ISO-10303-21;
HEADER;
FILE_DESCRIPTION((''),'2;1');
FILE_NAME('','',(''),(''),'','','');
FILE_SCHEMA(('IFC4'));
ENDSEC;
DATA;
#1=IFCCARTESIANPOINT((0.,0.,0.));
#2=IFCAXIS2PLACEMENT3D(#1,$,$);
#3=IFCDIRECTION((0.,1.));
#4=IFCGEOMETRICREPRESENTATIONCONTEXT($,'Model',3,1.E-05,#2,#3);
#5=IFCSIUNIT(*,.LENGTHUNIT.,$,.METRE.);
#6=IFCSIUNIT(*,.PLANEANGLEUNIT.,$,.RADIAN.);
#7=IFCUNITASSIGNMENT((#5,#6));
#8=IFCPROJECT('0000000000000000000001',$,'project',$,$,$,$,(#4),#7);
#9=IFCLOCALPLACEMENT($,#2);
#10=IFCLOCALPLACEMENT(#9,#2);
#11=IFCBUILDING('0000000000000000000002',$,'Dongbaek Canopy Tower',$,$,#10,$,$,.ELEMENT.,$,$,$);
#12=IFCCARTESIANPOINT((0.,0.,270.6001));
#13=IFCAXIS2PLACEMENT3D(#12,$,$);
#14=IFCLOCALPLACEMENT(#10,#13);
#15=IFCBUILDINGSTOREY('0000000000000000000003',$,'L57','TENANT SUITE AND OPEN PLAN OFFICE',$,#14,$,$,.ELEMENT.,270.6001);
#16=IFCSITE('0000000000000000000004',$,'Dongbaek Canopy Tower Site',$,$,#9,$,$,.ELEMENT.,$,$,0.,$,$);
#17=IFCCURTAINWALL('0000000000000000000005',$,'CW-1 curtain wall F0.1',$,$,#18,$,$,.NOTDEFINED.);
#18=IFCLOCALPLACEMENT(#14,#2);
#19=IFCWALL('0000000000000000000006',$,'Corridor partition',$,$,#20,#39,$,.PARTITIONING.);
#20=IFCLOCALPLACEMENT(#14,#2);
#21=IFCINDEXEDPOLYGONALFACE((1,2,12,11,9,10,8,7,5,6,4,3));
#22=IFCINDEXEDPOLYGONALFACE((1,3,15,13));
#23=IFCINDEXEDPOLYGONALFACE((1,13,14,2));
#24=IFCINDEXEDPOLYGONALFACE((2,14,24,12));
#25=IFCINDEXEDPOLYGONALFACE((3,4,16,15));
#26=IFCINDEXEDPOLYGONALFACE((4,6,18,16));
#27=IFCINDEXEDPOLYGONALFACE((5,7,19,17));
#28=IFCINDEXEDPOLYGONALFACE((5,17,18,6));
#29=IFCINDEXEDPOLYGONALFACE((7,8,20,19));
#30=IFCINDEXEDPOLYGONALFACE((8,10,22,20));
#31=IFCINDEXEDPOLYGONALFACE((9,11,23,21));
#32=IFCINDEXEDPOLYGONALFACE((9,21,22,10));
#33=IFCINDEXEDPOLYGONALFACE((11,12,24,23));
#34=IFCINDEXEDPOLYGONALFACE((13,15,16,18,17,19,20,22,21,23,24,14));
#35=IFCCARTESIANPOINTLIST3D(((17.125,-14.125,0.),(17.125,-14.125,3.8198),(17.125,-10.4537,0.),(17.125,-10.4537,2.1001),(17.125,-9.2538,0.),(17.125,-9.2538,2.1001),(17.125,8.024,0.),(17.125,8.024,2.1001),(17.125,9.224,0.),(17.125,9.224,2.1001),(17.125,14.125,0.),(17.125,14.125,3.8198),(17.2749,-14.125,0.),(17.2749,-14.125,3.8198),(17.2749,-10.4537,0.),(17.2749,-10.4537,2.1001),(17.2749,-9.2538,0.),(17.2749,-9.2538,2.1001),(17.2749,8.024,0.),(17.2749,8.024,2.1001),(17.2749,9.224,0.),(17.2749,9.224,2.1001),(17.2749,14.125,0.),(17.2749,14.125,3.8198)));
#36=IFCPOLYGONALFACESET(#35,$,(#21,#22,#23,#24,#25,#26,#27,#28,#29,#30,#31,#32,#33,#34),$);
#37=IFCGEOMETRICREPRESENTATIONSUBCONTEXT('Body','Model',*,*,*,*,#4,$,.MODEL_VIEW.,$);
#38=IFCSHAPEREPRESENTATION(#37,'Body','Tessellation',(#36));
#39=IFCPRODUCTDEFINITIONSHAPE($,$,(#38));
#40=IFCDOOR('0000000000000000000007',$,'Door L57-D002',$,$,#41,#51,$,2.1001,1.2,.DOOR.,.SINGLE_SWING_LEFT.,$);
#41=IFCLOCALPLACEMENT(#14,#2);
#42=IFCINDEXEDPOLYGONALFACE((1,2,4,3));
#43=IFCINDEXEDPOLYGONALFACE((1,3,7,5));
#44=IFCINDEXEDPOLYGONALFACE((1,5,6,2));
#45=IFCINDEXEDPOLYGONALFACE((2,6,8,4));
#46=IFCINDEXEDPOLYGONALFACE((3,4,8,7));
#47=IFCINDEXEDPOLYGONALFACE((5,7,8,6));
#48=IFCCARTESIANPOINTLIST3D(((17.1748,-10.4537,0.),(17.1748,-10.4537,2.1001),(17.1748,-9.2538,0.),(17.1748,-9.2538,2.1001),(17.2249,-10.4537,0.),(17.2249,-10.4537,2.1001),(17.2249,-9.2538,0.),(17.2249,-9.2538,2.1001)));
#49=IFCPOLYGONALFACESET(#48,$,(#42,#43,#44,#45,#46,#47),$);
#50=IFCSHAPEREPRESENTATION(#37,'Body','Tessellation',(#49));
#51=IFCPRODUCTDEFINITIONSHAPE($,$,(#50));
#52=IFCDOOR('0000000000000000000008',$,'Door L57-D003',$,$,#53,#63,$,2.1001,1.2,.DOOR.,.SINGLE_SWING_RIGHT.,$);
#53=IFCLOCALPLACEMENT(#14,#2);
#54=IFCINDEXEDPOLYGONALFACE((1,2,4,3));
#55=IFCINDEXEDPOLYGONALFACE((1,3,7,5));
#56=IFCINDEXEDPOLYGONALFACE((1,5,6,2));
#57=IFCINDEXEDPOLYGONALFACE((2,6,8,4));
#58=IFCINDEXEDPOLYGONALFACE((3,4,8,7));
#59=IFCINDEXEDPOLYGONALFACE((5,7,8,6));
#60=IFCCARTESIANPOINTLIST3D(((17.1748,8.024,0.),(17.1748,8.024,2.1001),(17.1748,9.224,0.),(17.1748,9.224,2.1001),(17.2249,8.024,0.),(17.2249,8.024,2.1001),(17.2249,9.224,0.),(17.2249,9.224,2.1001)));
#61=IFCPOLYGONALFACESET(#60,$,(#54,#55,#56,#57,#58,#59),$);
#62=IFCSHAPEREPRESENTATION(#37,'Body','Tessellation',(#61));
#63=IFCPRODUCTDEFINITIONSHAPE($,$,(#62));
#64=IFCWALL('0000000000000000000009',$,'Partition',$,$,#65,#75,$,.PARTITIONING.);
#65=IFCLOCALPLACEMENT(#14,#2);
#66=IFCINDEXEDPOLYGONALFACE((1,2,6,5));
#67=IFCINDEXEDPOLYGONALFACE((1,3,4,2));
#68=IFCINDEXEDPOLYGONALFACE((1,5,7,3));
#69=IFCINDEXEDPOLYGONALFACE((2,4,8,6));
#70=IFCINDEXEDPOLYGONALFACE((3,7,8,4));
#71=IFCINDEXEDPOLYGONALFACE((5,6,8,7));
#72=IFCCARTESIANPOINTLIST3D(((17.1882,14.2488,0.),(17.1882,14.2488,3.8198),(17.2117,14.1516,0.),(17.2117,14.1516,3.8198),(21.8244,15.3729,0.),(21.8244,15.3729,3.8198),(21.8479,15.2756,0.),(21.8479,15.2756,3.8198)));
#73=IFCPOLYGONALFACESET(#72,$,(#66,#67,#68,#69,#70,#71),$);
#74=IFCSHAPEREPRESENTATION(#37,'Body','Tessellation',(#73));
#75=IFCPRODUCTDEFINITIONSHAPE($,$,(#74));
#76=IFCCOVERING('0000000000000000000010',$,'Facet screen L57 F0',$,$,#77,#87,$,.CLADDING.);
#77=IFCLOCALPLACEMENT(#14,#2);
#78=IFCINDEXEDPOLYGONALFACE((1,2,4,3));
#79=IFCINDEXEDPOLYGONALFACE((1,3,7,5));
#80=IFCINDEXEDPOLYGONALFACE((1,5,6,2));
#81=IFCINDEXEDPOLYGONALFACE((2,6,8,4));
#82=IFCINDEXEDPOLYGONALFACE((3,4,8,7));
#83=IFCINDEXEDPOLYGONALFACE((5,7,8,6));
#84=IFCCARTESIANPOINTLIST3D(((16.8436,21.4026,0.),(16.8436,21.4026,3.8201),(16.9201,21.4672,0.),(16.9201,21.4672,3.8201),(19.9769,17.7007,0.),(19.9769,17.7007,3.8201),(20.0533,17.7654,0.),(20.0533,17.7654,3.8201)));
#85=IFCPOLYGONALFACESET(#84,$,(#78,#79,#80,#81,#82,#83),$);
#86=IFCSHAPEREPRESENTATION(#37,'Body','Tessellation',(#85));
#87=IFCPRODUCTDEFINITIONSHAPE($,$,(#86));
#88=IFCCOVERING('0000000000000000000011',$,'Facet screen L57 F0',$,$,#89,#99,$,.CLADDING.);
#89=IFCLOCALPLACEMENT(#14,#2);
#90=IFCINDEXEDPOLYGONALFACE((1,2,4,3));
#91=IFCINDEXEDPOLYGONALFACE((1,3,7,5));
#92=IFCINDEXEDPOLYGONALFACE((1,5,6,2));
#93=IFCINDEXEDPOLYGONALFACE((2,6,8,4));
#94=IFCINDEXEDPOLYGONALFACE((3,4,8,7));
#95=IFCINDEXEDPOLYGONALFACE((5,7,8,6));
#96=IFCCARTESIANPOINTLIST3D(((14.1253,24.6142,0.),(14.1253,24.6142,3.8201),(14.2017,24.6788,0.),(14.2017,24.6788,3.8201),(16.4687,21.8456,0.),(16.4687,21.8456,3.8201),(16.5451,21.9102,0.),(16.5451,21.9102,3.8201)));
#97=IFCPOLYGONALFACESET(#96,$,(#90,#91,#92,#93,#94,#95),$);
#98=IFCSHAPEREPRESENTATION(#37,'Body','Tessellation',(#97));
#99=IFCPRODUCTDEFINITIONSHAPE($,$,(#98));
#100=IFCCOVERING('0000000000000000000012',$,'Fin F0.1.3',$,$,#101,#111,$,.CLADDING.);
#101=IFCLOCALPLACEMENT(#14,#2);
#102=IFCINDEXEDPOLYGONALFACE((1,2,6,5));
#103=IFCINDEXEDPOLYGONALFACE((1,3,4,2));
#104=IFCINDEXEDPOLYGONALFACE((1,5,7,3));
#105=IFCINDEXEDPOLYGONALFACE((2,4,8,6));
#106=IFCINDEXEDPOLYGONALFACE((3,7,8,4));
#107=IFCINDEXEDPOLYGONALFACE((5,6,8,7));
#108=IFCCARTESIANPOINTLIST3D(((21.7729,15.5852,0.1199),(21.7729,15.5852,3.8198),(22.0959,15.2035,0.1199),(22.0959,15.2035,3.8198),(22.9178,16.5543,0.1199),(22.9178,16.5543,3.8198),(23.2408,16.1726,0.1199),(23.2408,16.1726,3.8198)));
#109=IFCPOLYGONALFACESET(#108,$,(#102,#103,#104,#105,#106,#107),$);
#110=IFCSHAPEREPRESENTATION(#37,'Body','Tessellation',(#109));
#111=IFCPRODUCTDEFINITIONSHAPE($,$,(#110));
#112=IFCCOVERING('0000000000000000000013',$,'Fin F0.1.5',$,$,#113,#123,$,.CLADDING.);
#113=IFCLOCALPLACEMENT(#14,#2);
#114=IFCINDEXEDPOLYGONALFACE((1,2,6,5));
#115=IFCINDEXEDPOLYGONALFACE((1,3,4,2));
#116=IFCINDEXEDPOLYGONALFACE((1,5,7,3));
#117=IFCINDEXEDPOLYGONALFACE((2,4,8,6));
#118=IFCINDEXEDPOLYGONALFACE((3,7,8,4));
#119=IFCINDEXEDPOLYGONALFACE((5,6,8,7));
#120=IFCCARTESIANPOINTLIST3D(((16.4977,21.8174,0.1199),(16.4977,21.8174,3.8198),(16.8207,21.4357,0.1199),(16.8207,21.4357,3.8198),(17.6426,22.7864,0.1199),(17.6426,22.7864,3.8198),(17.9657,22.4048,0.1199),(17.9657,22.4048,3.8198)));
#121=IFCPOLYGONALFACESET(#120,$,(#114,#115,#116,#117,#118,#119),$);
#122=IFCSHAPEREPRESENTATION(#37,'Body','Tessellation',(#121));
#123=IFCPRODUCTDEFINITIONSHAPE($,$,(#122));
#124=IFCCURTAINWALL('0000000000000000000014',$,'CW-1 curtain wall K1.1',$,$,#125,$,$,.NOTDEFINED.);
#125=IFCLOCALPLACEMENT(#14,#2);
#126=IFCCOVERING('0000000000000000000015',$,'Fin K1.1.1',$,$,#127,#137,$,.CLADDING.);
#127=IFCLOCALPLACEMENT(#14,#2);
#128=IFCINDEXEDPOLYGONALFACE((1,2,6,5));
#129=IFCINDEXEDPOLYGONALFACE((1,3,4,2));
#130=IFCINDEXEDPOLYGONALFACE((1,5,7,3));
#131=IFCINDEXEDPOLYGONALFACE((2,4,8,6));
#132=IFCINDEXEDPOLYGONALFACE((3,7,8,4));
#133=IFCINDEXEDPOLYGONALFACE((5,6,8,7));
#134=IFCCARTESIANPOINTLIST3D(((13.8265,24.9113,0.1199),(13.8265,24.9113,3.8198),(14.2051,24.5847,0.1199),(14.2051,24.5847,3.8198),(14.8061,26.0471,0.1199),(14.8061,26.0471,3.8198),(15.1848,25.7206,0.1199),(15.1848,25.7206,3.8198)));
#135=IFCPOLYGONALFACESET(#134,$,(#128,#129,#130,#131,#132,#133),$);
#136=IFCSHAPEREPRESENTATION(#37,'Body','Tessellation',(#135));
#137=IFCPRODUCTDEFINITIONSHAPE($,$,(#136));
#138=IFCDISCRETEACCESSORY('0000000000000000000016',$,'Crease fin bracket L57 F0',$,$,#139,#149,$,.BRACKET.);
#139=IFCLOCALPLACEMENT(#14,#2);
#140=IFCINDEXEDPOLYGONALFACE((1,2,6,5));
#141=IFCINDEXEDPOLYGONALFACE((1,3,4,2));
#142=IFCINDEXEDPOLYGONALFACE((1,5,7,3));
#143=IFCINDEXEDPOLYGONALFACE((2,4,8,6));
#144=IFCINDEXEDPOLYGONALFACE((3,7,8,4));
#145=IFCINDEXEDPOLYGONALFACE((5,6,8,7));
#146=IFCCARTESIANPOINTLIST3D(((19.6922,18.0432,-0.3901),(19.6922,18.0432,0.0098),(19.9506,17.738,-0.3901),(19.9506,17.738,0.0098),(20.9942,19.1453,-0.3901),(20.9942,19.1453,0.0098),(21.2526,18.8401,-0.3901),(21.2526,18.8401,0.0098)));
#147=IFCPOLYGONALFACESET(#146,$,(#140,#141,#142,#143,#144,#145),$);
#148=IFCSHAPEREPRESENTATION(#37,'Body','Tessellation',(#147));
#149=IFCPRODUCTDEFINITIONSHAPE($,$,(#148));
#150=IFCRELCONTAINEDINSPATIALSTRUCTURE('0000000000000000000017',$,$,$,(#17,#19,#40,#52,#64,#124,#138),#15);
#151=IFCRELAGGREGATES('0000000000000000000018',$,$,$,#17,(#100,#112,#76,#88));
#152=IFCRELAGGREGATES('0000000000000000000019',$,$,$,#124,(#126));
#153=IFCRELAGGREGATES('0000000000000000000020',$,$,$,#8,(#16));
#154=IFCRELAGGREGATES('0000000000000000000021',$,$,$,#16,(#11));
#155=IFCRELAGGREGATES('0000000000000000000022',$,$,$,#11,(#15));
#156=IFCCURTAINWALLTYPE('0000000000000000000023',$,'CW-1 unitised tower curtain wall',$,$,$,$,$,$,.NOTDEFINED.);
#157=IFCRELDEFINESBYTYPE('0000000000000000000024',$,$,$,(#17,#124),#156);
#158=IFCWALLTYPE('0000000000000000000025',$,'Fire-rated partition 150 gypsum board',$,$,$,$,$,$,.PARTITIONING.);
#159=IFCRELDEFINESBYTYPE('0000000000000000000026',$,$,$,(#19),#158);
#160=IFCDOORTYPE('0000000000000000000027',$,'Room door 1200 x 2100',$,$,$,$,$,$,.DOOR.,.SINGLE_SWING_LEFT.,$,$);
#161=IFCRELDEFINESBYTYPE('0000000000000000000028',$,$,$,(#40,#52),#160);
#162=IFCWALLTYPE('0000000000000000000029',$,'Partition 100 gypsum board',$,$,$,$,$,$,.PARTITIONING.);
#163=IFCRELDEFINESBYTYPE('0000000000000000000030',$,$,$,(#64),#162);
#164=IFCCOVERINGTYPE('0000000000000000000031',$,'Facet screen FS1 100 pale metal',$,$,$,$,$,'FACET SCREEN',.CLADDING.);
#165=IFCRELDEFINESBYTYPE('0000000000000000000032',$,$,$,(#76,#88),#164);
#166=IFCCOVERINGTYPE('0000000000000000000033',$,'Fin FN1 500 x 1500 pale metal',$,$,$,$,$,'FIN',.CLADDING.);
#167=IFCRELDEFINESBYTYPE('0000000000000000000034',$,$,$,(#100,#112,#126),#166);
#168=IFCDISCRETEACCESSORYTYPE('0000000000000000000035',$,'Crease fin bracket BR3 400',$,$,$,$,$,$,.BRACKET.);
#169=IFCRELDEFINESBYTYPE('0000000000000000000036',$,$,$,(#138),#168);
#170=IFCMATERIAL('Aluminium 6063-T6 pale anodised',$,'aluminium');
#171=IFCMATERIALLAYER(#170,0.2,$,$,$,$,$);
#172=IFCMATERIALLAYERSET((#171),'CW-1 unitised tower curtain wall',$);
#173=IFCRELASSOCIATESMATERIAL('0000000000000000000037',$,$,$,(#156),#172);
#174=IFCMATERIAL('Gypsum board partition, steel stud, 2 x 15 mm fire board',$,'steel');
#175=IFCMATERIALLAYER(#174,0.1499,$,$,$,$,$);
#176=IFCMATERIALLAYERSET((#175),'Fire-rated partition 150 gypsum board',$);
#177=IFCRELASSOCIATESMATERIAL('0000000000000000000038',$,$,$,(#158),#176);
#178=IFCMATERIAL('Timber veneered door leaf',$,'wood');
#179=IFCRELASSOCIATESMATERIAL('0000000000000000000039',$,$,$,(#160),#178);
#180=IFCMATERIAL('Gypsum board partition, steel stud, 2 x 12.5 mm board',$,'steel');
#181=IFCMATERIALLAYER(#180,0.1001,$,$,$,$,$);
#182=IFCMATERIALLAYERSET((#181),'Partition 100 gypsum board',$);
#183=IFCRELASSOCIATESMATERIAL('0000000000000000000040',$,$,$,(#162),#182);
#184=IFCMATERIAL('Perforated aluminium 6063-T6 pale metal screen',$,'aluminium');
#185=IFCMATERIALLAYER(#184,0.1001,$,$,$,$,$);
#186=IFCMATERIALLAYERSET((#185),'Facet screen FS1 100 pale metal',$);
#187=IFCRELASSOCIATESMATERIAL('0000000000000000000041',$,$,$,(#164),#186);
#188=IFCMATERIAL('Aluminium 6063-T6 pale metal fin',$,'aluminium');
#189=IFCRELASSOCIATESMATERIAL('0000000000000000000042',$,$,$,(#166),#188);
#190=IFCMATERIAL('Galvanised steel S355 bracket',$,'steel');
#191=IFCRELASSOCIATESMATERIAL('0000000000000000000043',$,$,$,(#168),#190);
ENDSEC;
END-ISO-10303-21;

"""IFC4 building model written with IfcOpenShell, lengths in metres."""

from ifc_helpers import new_model, si_unit, direction, frame, frame_2d, origin, origin_2d, place, context, subcontext, project, spatial, rectangle, extrude, material, layer, layer_set, material_profile, profile_set, type_object, element, fill, aggregate, save


model = new_model("IFC4")

# Units and contexts
model_context = context("Model", 3, precision=1e-05, world=origin(), true_north=direction((0.0, 1.0)))
body_context = subcontext(model_context, "Body", "Model", "MODEL_VIEW")
ifc_project = project(units=[si_unit("LENGTHUNIT", "METRE"), si_unit("PLANEANGLEUNIT", "RADIAN")], contexts=[model_context])

# Site, building, storey
site_placement = place(None, origin())
site = spatial("IfcSite", under=ifc_project, at=site_placement, Name="Dongbaek Canopy Tower Site", CompositionType="ELEMENT", RefElevation=0.0)
building_placement = place(site_placement, origin())
building = spatial("IfcBuilding", under=site, at=building_placement, Name="Dongbaek Canopy Tower", CompositionType="ELEMENT")
storey_placement = place(building_placement, frame((0.0, 0.0, 270.6001)))
storey = spatial("IfcBuildingStorey", under=building, at=storey_placement, Name="L57", Description="TENANT SUITE AND OPEN PLAN OFFICE", CompositionType="ELEMENT", Elevation=270.6001)

# Curtain wall
ifc_material_1 = material(Name="Aluminium 6063-T6 pale anodised", Category="aluminium")
ifc_layer_1 = layer(ifc_material_1, 0.2)
ifc_layer_set_1 = layer_set([ifc_layer_1], Name="CW-1 unitised tower curtain wall")
curtain_wall_type = type_object("IfcCurtainWallType", Name="CW-1 unitised tower curtain wall", PredefinedType="NOTDEFINED", material=ifc_layer_set_1)
curtain_wall_1_placement = place(storey_placement, origin())
curtain_wall_1 = element("IfcCurtainWall", 1, at=curtain_wall_1_placement, inside=storey, type_object=curtain_wall_type, Name="CW-1 curtain wall F0.1", PredefinedType="NOTDEFINED")

# Wall, openings, doors
ifc_material_2 = material(Name="Gypsum board partition, steel stud, 2 x 15 mm fire board", Category="steel")
ifc_layer_2 = layer(ifc_material_2, 0.1499)
ifc_layer_set_2 = layer_set([ifc_layer_2], Name="Fire-rated partition 150 gypsum board")
wall_type_1 = type_object("IfcWallType", Name="Fire-rated partition 150 gypsum board", PredefinedType="PARTITIONING", material=ifc_layer_set_2)
wall_1_placement = place(storey_placement, frame((17.2, 14.125, 0.0), z_axis=(0.0, 0.0, 1.0), x_axis=(0.0, -1.0, 0.0)))
wall_1 = element("IfcWall", 2, at=wall_1_placement, inside=storey, type_object=wall_type_1, Name="Corridor partition", PredefinedType="PARTITIONING", context=body_context, shape_type="SweptSolid", body=[
    extrude(rectangle(XDim=28.25, YDim=0.1499, at=frame_2d((14.125, 0.0))), origin(), (0.0, 0.0, 1.0), 3.8198),
])
opening_1_placement = place(wall_1_placement, frame((23.3787, 0.0, 0.0)))
opening_1 = element("IfcOpeningElement", 3, at=opening_1_placement, cuts=wall_1, PredefinedType="OPENING", context=body_context, shape_type="SweptSolid", body=[
    extrude(rectangle(XDim=1.2, YDim=2.1001, at=frame_2d((0.6001, 1.05))), frame((0.0, 0.085, 0.0), z_axis=(0.0, -1.0, 0.0), x_axis=(1.0, 0.0, 0.0)), (0.0, 0.0, 1.0), 0.1699),
])
opening_2_placement = place(wall_1_placement, frame((4.9009, 0.0, 0.0)))
opening_2 = element("IfcOpeningElement", 4, at=opening_2_placement, cuts=wall_1, PredefinedType="OPENING", context=body_context, shape_type="SweptSolid", body=[
    extrude(rectangle(XDim=1.2, YDim=2.1001, at=frame_2d((0.6001, 1.05))), frame((0.0, 0.085, 0.0), z_axis=(0.0, -1.0, 0.0), x_axis=(1.0, 0.0, 0.0)), (0.0, 0.0, 1.0), 0.1699),
])
ifc_material_3 = material(Name="Timber veneered door leaf", Category="wood")
door_type = type_object("IfcDoorType", Name="Room door 1200 x 2100", OperationType="SINGLE_SWING_LEFT", PredefinedType="DOOR", material=ifc_material_3)
door_1_placement = place(opening_1_placement, origin())
door_1 = element("IfcDoor", 5, at=door_1_placement, inside=storey, type_object=door_type, Name="Door L57-D002", OperationType="SINGLE_SWING_LEFT", OverallHeight=2.1001, OverallWidth=1.2, PredefinedType="DOOR", context=body_context, shape_type="SweptSolid", body=[
    extrude(rectangle(XDim=1.2, YDim=2.1001, at=frame_2d((0.6001, 1.05))), frame((0.0, 0.0249, 0.0), z_axis=(0.0, -1.0, 0.0), x_axis=(1.0, 0.0, 0.0)), (0.0, 0.0, 1.0), 0.05),
])
fill(opening_1, door_1)
door_2_placement = place(opening_2_placement, origin())
door_2 = element("IfcDoor", 6, at=door_2_placement, inside=storey, type_object=door_type, Name="Door L57-D003", OperationType="SINGLE_SWING_RIGHT", OverallHeight=2.1001, OverallWidth=1.2, PredefinedType="DOOR", context=body_context, shape_type="SweptSolid", body=[
    extrude(rectangle(XDim=1.2, YDim=2.1001, at=frame_2d((0.6001, 1.05))), frame((0.0, 0.0249, 0.0), z_axis=(0.0, -1.0, 0.0), x_axis=(1.0, 0.0, 0.0)), (0.0, 0.0, 1.0), 0.05),
])
fill(opening_2, door_2)

# Wall
ifc_material_4 = material(Name="Gypsum board partition, steel stud, 2 x 12.5 mm board", Category="steel")
ifc_layer_3 = layer(ifc_material_4, 0.1001)
ifc_layer_set_3 = layer_set([ifc_layer_3], Name="Partition 100 gypsum board")
wall_type_2 = type_object("IfcWallType", Name="Partition 100 gypsum board", PredefinedType="PARTITIONING", material=ifc_layer_set_3)
wall_2_placement = place(storey_placement, frame((17.2, 14.2002, 0.0), z_axis=(0.0, 0.0, 1.0), x_axis=(0.971846, 0.235618, 0.0)))
element("IfcWall", 7, at=wall_2_placement, inside=storey, type_object=wall_type_2, Name="Partition", PredefinedType="PARTITIONING", context=body_context, shape_type="SweptSolid", body=[
    extrude(rectangle(XDim=4.7705, YDim=0.1001, at=frame_2d((2.3853, 0.0))), origin(), (0.0, 0.0, 1.0), 3.8198),
])

# Coverings
ifc_material_5 = material(Name="Perforated aluminium 6063-T6 pale metal screen", Category="aluminium")
ifc_layer_4 = layer(ifc_material_5, 0.1001)
ifc_layer_set_4 = layer_set([ifc_layer_4], Name="Facet screen FS1 100 pale metal")
covering_type_1 = type_object("IfcCoveringType", Name="Facet screen FS1 100 pale metal", ElementType="FACET SCREEN", PredefinedType="CLADDING", material=ifc_layer_set_4)
covering_1_placement = place(storey_placement, frame((18.4485, 19.584, 0.0), z_axis=(0.0, 0.0, 1.0), x_axis=(-0.646055, 0.763291, 0.0)))
covering_1 = element("IfcCovering", 8, at=covering_1_placement, type_object=covering_type_1, Name="Facet screen L57 F0", PredefinedType="CLADDING", context=body_context, shape_type="SweptSolid", body=[
    extrude(rectangle(XDim=4.8499, YDim=0.1001, at=origin_2d()), origin(), (0.0, 0.0, 1.0), 3.8201),
])
covering_2_placement = place(storey_placement, frame((15.3352, 23.2622, 0.0), z_axis=(0.0, 0.0, 1.0), x_axis=(-0.646055, 0.763291, 0.0)))
covering_2 = element("IfcCovering", 9, at=covering_2_placement, type_object=covering_type_1, Name="Facet screen L57 F0", PredefinedType="CLADDING", context=body_context, shape_type="SweptSolid", body=[
    extrude(rectangle(XDim=3.6272, YDim=0.1001, at=origin_2d()), origin(), (0.0, 0.0, 1.0), 3.8201),
])
ifc_material_6 = material(Name="Aluminium 6063-T6 pale metal fin", Category="aluminium")
ifc_material_profile_1 = material_profile(ifc_material_6, rectangle(XDim=1.5, YDim=0.5, at=origin_2d()), Name="Fin FN1 500 x 1500 pale metal")
ifc_profile_set_1 = profile_set([ifc_material_profile_1], Name="Aluminium 6063-T6 pale metal fin")
covering_type_2 = type_object("IfcCoveringType", Name="Fin FN1 500 x 1500 pale metal", ElementType="FIN", PredefinedType="CLADDING", material=ifc_profile_set_1)
covering_3_placement = place(storey_placement, frame((22.5068, 15.8789, 0.1199), z_axis=(0.0, 0.0, 1.0), x_axis=(0.763291, 0.646055, 0.0)))
covering_3 = element("IfcCovering", 10, at=covering_3_placement, type_object=covering_type_2, Name="Fin F0.1.3", PredefinedType="CLADDING", context=body_context, shape_type="SweptSolid", body=[
    extrude(rectangle(XDim=1.5, YDim=0.5, at=origin_2d()), origin(), (0.0, 0.0, 1.0), 3.7),
])
covering_4_placement = place(storey_placement, frame((17.2317, 22.1111, 0.1199), z_axis=(0.0, 0.0, 1.0), x_axis=(0.763291, 0.646055, 0.0)))
covering_4 = element("IfcCovering", 11, at=covering_4_placement, type_object=covering_type_2, Name="Fin F0.1.5", PredefinedType="CLADDING", context=body_context, shape_type="SweptSolid", body=[
    extrude(rectangle(XDim=1.5, YDim=0.5, at=origin_2d()), origin(), (0.0, 0.0, 1.0), 3.7),
])
aggregate(curtain_wall_1, [covering_3, covering_4, covering_1, covering_2])

# Curtain wall, covering
curtain_wall_2_placement = place(storey_placement, origin())
curtain_wall_2 = element("IfcCurtainWall", 12, at=curtain_wall_2_placement, inside=storey, type_object=curtain_wall_type, Name="CW-1 curtain wall K1.1", PredefinedType="NOTDEFINED")
covering_5_placement = place(storey_placement, frame((14.5056, 25.3159, 0.1199), z_axis=(0.0, 0.0, 1.0), x_axis=(0.653116, 0.757258, 0.0)))
covering_5 = element("IfcCovering", 13, at=covering_5_placement, type_object=covering_type_2, Name="Fin K1.1.1", PredefinedType="CLADDING", context=body_context, shape_type="SweptSolid", body=[
    extrude(rectangle(XDim=1.5, YDim=0.5, at=origin_2d()), origin(), (0.0, 0.0, 1.0), 3.7),
])
aggregate(curtain_wall_2, [covering_5])

# Discrete accessory
ifc_material_7 = material(Name="Galvanised steel S355 bracket", Category="steel")
discrete_accessory_type = type_object("IfcDiscreteAccessoryType", Name="Crease fin bracket BR3 400", PredefinedType="BRACKET", material=ifc_material_7)
discrete_accessory_placement = place(storey_placement, frame((20.4724, 18.4417, -0.3901), z_axis=(0.0, 0.0, 1.0), x_axis=(0.763291, 0.646055, 0.0)))
element("IfcDiscreteAccessory", 14, at=discrete_accessory_placement, inside=storey, type_object=discrete_accessory_type, Name="Crease fin bracket L57 F0", PredefinedType="BRACKET", context=body_context, shape_type="SweptSolid", body=[
    extrude(rectangle(XDim=1.7058, YDim=0.3999, at=origin_2d()), origin(), (0.0, 0.0, 1.0), 0.3999),
])

save(model, "model.ifc")
